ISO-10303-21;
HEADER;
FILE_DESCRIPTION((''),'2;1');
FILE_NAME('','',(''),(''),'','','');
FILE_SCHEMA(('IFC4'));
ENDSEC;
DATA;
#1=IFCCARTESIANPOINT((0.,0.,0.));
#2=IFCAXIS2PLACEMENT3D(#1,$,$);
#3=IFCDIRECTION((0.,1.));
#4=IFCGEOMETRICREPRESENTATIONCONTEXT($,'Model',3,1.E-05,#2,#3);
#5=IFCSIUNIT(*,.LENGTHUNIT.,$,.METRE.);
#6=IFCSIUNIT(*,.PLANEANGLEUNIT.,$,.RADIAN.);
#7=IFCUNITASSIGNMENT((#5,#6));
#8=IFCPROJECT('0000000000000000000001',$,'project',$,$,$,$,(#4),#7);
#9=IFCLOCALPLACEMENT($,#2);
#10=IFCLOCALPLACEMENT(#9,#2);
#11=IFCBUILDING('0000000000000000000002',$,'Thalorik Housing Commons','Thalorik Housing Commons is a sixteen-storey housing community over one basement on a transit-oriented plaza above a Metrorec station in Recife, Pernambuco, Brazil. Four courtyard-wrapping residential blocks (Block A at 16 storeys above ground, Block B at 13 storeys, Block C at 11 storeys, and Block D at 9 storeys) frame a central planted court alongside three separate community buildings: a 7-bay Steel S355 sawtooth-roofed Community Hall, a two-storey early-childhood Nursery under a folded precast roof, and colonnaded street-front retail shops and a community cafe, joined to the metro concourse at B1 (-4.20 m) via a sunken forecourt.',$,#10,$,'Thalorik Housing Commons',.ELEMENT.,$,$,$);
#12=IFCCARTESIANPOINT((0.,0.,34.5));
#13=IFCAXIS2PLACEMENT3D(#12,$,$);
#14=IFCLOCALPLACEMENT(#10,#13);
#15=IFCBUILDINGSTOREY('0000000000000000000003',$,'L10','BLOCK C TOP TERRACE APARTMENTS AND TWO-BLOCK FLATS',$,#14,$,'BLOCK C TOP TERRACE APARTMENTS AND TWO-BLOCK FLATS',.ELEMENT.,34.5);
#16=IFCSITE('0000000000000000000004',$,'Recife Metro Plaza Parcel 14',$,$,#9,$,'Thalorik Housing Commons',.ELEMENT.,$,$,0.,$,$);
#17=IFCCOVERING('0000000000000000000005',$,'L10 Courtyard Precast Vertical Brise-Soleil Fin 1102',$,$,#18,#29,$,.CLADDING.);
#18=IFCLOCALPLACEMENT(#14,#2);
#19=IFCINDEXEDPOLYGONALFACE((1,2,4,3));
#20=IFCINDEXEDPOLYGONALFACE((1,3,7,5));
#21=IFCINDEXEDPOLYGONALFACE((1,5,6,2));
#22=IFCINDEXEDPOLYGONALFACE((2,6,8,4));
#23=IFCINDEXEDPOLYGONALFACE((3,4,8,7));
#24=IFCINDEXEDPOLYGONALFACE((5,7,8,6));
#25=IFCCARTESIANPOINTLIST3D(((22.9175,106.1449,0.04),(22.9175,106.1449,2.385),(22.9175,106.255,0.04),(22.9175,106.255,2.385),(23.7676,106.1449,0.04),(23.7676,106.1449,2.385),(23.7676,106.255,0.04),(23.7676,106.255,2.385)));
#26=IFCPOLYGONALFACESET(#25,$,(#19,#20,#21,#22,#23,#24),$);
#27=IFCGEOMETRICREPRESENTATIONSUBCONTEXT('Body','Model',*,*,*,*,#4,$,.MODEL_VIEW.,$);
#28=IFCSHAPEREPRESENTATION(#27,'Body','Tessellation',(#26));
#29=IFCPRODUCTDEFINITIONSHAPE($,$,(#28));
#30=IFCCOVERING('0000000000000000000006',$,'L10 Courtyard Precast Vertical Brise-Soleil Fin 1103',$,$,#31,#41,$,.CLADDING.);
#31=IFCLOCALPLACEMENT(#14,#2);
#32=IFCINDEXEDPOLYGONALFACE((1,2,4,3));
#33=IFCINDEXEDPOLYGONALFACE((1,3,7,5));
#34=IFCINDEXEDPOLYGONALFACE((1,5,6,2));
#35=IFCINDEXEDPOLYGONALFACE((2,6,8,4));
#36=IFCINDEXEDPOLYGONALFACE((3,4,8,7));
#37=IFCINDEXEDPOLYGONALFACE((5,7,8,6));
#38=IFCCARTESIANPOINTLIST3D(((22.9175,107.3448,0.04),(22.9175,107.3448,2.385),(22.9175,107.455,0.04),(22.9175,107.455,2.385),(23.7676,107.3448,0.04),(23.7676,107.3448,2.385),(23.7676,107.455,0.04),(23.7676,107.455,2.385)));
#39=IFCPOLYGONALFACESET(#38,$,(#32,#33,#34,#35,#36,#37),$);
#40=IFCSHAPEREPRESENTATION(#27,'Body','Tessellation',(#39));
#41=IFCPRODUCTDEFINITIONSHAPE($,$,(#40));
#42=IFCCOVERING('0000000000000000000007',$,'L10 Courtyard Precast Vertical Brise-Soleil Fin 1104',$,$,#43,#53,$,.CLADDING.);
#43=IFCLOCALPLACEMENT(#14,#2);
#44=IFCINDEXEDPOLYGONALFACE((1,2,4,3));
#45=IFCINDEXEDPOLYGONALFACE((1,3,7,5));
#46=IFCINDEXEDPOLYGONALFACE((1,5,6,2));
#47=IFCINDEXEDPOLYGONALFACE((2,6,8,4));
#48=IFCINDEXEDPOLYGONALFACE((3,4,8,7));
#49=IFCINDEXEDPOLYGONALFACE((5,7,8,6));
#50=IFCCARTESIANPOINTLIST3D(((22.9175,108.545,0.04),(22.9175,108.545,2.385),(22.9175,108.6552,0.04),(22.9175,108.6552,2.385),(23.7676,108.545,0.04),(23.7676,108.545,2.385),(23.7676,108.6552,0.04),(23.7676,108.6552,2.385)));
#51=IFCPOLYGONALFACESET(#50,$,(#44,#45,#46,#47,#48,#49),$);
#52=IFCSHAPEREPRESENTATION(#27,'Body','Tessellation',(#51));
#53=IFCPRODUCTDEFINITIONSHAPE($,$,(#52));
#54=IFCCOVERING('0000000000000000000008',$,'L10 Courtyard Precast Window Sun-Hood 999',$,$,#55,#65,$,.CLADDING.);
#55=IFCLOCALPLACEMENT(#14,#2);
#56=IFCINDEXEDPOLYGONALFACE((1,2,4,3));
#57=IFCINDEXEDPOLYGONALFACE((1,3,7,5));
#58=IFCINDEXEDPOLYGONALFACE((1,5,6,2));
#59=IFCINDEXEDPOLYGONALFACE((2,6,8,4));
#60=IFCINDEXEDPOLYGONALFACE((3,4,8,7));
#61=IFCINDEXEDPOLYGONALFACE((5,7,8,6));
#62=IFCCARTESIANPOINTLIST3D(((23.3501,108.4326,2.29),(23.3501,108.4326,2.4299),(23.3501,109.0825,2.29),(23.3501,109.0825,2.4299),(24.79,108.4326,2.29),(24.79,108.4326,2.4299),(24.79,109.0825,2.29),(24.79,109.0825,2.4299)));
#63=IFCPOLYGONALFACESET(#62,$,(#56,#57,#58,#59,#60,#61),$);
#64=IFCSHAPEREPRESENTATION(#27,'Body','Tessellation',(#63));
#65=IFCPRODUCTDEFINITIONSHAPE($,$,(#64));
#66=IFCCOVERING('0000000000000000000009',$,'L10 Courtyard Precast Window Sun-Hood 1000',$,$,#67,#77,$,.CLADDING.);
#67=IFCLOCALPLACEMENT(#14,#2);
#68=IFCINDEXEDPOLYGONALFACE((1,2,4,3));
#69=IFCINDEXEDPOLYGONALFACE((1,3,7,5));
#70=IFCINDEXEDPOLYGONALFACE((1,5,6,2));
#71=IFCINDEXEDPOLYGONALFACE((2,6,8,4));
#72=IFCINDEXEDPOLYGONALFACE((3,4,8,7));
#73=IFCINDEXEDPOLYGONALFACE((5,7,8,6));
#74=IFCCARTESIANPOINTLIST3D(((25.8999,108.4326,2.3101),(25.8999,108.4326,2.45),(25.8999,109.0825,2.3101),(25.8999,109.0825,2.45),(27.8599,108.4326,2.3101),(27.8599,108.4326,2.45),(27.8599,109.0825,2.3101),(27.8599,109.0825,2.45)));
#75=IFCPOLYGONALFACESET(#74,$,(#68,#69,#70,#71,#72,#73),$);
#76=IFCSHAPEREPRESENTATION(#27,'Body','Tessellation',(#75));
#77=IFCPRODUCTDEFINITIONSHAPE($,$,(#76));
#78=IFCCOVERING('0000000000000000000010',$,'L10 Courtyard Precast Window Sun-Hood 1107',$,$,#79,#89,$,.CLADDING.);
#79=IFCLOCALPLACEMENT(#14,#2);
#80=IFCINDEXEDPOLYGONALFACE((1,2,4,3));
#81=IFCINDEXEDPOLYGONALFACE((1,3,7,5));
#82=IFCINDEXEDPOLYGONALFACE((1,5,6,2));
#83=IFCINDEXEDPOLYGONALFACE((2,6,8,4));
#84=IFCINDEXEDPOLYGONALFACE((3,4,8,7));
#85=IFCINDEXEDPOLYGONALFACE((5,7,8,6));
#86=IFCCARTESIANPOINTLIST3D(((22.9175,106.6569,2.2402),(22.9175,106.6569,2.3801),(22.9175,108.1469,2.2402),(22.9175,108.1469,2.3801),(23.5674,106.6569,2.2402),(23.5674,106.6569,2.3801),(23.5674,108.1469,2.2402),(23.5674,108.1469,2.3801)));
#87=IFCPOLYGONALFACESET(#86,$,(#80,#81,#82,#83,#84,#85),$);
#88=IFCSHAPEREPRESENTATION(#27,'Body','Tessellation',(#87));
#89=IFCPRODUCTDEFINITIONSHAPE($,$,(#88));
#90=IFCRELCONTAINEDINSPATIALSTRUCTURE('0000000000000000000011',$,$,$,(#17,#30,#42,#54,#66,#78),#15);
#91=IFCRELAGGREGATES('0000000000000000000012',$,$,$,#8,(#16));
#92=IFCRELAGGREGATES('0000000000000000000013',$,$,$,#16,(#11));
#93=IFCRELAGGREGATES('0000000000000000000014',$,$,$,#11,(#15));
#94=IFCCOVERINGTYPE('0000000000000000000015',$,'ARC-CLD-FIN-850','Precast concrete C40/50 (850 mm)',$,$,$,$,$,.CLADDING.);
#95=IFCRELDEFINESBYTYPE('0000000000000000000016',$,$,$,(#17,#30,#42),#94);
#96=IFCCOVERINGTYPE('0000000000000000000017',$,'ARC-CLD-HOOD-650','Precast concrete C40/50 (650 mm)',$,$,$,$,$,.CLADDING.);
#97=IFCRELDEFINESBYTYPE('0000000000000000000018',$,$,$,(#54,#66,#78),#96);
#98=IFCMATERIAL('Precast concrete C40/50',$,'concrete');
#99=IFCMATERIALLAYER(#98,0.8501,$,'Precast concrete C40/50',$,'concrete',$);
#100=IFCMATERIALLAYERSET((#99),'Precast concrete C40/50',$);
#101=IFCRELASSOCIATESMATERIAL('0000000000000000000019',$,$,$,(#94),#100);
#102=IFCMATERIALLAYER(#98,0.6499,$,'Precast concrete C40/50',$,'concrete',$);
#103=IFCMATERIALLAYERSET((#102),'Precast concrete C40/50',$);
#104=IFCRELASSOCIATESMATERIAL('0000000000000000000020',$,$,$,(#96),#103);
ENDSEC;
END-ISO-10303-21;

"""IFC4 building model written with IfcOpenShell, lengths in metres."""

from ifc_helpers import new_model, si_unit, direction, frame, origin, origin_2d, place, context, subcontext, project, spatial, rectangle, extrude, material, layer, layer_set, type_object, element, save


model = new_model("IFC4")

# Units and contexts
model_context = context("Model", 3, precision=1e-05, world=origin(), true_north=direction((0.0, 1.0)))
body_context = subcontext(model_context, "Body", "Model", "MODEL_VIEW")
ifc_project = project(units=[si_unit("LENGTHUNIT", "METRE"), si_unit("PLANEANGLEUNIT", "RADIAN")], contexts=[model_context])

# Site, building, storey
site_placement = place(None, origin())
site = spatial("IfcSite", under=ifc_project, at=site_placement, Name="Recife Metro Plaza Parcel 14", LongName="Thalorik Housing Commons", CompositionType="ELEMENT", RefElevation=0.0)
building_placement = place(site_placement, origin())
building = spatial("IfcBuilding", under=site, at=building_placement, Name="Thalorik Housing Commons", Description="Thalorik Housing Commons is a sixteen-storey housing community over one basement on a transit-oriented plaza above a Metrorec station in Recife, Pernambuco, Brazil. Four courtyard-wrapping residential blocks (Block A at 16 storeys above ground, Block B at 13 storeys, Block C at 11 storeys, and Block D at 9 storeys) frame a central planted court alongside three separate community buildings: a 7-bay Steel S355 sawtooth-roofed Community Hall, a two-storey early-childhood Nursery under a folded precast roof, and colonnaded street-front retail shops and a community cafe, joined to the metro concourse at B1 (-4.20 m) via a sunken forecourt.", LongName="Thalorik Housing Commons", CompositionType="ELEMENT")
storey_placement = place(building_placement, frame((0.0, 0.0, 34.5)))
storey = spatial("IfcBuildingStorey", under=building, at=storey_placement, Name="L10", Description="BLOCK C TOP TERRACE APARTMENTS AND TWO-BLOCK FLATS", LongName="BLOCK C TOP TERRACE APARTMENTS AND TWO-BLOCK FLATS", CompositionType="ELEMENT", Elevation=34.5)

# Shared definitions
ifc_material_1 = material(Name="Precast concrete C40/50", Category="concrete")

# Coverings
ifc_layer_1 = layer(ifc_material_1, 0.8501, Name="Precast concrete C40/50", Category="concrete")
ifc_layer_set_1 = layer_set([ifc_layer_1], Name="Precast concrete C40/50")
covering_type_1 = type_object("IfcCoveringType", Name="ARC-CLD-FIN-850", Description="Precast concrete C40/50 (850 mm)", PredefinedType="CLADDING", material=ifc_layer_set_1)
for number, where, z_axis, x_axis, name in (
    (1, (23.3425, 106.2, 0.04), (0.0, 0.0, 1.0), (0.0, 1.0, 0.0), "L10 Courtyard Precast Vertical Brise-Soleil Fin 1102"),
    (2, (23.3425, 107.3999, 0.04), (0.0, 0.0, 1.0), (0.0, 1.0, 0.0), "L10 Courtyard Precast Vertical Brise-Soleil Fin 1103"),
    (3, (23.3425, 108.6001, 0.04), (0.0, 0.0, 1.0), (0.0, 1.0, 0.0), "L10 Courtyard Precast Vertical Brise-Soleil Fin 1104"),
):
    element("IfcCovering", number, at=place(storey_placement, frame(where, z_axis=z_axis, x_axis=x_axis)), inside=storey, type_object=covering_type_1, Name=name, PredefinedType="CLADDING", context=body_context, shape_type="SweptSolid", body=[
        extrude(rectangle(XDim=0.1101, YDim=0.8501, at=origin_2d()), origin(), (0.0, 0.0, 1.0), 2.345),
    ])
ifc_layer_2 = layer(ifc_material_1, 0.6499, Name="Precast concrete C40/50", Category="concrete")
ifc_layer_set_2 = layer_set([ifc_layer_2], Name="Precast concrete C40/50")
covering_type_2 = type_object("IfcCoveringType", Name="ARC-CLD-HOOD-650", Description="Precast concrete C40/50 (650 mm)", PredefinedType="CLADDING", material=ifc_layer_set_2)
covering_1_placement = place(storey_placement, frame((24.0701, 108.7576, 2.29), z_axis=(0.0, 0.0, 1.0), x_axis=(1.0, 0.0, 0.0)))
element("IfcCovering", 4, at=covering_1_placement, inside=storey, type_object=covering_type_2, Name="L10 Courtyard Precast Window Sun-Hood 999", PredefinedType="CLADDING", context=body_context, shape_type="SweptSolid", body=[
    extrude(rectangle(XDim=1.4399, YDim=0.6499, at=origin_2d()), origin(), (0.0, 0.0, 1.0), 0.1399),
])
covering_2_placement = place(storey_placement, frame((26.8799, 108.7576, 2.3101), z_axis=(0.0, 0.0, 1.0), x_axis=(1.0, 0.0, 0.0)))
element("IfcCovering", 5, at=covering_2_placement, inside=storey, type_object=covering_type_2, Name="L10 Courtyard Precast Window Sun-Hood 1000", PredefinedType="CLADDING", context=body_context, shape_type="SweptSolid", body=[
    extrude(rectangle(XDim=1.96, YDim=0.6499, at=origin_2d()), origin(), (0.0, 0.0, 1.0), 0.1399),
])
covering_3_placement = place(storey_placement, frame((23.2424, 107.4019, 2.2402), z_axis=(0.0, 0.0, 1.0), x_axis=(0.0, 1.0, 0.0)))
element("IfcCovering", 6, at=covering_3_placement, inside=storey, type_object=covering_type_2, Name="L10 Courtyard Precast Window Sun-Hood 1107", PredefinedType="CLADDING", context=body_context, shape_type="SweptSolid", body=[
    extrude(rectangle(XDim=1.49, YDim=0.6499, at=origin_2d()), origin(), (0.0, 0.0, 1.0), 0.1399),
])

save(model, "model.ifc")
